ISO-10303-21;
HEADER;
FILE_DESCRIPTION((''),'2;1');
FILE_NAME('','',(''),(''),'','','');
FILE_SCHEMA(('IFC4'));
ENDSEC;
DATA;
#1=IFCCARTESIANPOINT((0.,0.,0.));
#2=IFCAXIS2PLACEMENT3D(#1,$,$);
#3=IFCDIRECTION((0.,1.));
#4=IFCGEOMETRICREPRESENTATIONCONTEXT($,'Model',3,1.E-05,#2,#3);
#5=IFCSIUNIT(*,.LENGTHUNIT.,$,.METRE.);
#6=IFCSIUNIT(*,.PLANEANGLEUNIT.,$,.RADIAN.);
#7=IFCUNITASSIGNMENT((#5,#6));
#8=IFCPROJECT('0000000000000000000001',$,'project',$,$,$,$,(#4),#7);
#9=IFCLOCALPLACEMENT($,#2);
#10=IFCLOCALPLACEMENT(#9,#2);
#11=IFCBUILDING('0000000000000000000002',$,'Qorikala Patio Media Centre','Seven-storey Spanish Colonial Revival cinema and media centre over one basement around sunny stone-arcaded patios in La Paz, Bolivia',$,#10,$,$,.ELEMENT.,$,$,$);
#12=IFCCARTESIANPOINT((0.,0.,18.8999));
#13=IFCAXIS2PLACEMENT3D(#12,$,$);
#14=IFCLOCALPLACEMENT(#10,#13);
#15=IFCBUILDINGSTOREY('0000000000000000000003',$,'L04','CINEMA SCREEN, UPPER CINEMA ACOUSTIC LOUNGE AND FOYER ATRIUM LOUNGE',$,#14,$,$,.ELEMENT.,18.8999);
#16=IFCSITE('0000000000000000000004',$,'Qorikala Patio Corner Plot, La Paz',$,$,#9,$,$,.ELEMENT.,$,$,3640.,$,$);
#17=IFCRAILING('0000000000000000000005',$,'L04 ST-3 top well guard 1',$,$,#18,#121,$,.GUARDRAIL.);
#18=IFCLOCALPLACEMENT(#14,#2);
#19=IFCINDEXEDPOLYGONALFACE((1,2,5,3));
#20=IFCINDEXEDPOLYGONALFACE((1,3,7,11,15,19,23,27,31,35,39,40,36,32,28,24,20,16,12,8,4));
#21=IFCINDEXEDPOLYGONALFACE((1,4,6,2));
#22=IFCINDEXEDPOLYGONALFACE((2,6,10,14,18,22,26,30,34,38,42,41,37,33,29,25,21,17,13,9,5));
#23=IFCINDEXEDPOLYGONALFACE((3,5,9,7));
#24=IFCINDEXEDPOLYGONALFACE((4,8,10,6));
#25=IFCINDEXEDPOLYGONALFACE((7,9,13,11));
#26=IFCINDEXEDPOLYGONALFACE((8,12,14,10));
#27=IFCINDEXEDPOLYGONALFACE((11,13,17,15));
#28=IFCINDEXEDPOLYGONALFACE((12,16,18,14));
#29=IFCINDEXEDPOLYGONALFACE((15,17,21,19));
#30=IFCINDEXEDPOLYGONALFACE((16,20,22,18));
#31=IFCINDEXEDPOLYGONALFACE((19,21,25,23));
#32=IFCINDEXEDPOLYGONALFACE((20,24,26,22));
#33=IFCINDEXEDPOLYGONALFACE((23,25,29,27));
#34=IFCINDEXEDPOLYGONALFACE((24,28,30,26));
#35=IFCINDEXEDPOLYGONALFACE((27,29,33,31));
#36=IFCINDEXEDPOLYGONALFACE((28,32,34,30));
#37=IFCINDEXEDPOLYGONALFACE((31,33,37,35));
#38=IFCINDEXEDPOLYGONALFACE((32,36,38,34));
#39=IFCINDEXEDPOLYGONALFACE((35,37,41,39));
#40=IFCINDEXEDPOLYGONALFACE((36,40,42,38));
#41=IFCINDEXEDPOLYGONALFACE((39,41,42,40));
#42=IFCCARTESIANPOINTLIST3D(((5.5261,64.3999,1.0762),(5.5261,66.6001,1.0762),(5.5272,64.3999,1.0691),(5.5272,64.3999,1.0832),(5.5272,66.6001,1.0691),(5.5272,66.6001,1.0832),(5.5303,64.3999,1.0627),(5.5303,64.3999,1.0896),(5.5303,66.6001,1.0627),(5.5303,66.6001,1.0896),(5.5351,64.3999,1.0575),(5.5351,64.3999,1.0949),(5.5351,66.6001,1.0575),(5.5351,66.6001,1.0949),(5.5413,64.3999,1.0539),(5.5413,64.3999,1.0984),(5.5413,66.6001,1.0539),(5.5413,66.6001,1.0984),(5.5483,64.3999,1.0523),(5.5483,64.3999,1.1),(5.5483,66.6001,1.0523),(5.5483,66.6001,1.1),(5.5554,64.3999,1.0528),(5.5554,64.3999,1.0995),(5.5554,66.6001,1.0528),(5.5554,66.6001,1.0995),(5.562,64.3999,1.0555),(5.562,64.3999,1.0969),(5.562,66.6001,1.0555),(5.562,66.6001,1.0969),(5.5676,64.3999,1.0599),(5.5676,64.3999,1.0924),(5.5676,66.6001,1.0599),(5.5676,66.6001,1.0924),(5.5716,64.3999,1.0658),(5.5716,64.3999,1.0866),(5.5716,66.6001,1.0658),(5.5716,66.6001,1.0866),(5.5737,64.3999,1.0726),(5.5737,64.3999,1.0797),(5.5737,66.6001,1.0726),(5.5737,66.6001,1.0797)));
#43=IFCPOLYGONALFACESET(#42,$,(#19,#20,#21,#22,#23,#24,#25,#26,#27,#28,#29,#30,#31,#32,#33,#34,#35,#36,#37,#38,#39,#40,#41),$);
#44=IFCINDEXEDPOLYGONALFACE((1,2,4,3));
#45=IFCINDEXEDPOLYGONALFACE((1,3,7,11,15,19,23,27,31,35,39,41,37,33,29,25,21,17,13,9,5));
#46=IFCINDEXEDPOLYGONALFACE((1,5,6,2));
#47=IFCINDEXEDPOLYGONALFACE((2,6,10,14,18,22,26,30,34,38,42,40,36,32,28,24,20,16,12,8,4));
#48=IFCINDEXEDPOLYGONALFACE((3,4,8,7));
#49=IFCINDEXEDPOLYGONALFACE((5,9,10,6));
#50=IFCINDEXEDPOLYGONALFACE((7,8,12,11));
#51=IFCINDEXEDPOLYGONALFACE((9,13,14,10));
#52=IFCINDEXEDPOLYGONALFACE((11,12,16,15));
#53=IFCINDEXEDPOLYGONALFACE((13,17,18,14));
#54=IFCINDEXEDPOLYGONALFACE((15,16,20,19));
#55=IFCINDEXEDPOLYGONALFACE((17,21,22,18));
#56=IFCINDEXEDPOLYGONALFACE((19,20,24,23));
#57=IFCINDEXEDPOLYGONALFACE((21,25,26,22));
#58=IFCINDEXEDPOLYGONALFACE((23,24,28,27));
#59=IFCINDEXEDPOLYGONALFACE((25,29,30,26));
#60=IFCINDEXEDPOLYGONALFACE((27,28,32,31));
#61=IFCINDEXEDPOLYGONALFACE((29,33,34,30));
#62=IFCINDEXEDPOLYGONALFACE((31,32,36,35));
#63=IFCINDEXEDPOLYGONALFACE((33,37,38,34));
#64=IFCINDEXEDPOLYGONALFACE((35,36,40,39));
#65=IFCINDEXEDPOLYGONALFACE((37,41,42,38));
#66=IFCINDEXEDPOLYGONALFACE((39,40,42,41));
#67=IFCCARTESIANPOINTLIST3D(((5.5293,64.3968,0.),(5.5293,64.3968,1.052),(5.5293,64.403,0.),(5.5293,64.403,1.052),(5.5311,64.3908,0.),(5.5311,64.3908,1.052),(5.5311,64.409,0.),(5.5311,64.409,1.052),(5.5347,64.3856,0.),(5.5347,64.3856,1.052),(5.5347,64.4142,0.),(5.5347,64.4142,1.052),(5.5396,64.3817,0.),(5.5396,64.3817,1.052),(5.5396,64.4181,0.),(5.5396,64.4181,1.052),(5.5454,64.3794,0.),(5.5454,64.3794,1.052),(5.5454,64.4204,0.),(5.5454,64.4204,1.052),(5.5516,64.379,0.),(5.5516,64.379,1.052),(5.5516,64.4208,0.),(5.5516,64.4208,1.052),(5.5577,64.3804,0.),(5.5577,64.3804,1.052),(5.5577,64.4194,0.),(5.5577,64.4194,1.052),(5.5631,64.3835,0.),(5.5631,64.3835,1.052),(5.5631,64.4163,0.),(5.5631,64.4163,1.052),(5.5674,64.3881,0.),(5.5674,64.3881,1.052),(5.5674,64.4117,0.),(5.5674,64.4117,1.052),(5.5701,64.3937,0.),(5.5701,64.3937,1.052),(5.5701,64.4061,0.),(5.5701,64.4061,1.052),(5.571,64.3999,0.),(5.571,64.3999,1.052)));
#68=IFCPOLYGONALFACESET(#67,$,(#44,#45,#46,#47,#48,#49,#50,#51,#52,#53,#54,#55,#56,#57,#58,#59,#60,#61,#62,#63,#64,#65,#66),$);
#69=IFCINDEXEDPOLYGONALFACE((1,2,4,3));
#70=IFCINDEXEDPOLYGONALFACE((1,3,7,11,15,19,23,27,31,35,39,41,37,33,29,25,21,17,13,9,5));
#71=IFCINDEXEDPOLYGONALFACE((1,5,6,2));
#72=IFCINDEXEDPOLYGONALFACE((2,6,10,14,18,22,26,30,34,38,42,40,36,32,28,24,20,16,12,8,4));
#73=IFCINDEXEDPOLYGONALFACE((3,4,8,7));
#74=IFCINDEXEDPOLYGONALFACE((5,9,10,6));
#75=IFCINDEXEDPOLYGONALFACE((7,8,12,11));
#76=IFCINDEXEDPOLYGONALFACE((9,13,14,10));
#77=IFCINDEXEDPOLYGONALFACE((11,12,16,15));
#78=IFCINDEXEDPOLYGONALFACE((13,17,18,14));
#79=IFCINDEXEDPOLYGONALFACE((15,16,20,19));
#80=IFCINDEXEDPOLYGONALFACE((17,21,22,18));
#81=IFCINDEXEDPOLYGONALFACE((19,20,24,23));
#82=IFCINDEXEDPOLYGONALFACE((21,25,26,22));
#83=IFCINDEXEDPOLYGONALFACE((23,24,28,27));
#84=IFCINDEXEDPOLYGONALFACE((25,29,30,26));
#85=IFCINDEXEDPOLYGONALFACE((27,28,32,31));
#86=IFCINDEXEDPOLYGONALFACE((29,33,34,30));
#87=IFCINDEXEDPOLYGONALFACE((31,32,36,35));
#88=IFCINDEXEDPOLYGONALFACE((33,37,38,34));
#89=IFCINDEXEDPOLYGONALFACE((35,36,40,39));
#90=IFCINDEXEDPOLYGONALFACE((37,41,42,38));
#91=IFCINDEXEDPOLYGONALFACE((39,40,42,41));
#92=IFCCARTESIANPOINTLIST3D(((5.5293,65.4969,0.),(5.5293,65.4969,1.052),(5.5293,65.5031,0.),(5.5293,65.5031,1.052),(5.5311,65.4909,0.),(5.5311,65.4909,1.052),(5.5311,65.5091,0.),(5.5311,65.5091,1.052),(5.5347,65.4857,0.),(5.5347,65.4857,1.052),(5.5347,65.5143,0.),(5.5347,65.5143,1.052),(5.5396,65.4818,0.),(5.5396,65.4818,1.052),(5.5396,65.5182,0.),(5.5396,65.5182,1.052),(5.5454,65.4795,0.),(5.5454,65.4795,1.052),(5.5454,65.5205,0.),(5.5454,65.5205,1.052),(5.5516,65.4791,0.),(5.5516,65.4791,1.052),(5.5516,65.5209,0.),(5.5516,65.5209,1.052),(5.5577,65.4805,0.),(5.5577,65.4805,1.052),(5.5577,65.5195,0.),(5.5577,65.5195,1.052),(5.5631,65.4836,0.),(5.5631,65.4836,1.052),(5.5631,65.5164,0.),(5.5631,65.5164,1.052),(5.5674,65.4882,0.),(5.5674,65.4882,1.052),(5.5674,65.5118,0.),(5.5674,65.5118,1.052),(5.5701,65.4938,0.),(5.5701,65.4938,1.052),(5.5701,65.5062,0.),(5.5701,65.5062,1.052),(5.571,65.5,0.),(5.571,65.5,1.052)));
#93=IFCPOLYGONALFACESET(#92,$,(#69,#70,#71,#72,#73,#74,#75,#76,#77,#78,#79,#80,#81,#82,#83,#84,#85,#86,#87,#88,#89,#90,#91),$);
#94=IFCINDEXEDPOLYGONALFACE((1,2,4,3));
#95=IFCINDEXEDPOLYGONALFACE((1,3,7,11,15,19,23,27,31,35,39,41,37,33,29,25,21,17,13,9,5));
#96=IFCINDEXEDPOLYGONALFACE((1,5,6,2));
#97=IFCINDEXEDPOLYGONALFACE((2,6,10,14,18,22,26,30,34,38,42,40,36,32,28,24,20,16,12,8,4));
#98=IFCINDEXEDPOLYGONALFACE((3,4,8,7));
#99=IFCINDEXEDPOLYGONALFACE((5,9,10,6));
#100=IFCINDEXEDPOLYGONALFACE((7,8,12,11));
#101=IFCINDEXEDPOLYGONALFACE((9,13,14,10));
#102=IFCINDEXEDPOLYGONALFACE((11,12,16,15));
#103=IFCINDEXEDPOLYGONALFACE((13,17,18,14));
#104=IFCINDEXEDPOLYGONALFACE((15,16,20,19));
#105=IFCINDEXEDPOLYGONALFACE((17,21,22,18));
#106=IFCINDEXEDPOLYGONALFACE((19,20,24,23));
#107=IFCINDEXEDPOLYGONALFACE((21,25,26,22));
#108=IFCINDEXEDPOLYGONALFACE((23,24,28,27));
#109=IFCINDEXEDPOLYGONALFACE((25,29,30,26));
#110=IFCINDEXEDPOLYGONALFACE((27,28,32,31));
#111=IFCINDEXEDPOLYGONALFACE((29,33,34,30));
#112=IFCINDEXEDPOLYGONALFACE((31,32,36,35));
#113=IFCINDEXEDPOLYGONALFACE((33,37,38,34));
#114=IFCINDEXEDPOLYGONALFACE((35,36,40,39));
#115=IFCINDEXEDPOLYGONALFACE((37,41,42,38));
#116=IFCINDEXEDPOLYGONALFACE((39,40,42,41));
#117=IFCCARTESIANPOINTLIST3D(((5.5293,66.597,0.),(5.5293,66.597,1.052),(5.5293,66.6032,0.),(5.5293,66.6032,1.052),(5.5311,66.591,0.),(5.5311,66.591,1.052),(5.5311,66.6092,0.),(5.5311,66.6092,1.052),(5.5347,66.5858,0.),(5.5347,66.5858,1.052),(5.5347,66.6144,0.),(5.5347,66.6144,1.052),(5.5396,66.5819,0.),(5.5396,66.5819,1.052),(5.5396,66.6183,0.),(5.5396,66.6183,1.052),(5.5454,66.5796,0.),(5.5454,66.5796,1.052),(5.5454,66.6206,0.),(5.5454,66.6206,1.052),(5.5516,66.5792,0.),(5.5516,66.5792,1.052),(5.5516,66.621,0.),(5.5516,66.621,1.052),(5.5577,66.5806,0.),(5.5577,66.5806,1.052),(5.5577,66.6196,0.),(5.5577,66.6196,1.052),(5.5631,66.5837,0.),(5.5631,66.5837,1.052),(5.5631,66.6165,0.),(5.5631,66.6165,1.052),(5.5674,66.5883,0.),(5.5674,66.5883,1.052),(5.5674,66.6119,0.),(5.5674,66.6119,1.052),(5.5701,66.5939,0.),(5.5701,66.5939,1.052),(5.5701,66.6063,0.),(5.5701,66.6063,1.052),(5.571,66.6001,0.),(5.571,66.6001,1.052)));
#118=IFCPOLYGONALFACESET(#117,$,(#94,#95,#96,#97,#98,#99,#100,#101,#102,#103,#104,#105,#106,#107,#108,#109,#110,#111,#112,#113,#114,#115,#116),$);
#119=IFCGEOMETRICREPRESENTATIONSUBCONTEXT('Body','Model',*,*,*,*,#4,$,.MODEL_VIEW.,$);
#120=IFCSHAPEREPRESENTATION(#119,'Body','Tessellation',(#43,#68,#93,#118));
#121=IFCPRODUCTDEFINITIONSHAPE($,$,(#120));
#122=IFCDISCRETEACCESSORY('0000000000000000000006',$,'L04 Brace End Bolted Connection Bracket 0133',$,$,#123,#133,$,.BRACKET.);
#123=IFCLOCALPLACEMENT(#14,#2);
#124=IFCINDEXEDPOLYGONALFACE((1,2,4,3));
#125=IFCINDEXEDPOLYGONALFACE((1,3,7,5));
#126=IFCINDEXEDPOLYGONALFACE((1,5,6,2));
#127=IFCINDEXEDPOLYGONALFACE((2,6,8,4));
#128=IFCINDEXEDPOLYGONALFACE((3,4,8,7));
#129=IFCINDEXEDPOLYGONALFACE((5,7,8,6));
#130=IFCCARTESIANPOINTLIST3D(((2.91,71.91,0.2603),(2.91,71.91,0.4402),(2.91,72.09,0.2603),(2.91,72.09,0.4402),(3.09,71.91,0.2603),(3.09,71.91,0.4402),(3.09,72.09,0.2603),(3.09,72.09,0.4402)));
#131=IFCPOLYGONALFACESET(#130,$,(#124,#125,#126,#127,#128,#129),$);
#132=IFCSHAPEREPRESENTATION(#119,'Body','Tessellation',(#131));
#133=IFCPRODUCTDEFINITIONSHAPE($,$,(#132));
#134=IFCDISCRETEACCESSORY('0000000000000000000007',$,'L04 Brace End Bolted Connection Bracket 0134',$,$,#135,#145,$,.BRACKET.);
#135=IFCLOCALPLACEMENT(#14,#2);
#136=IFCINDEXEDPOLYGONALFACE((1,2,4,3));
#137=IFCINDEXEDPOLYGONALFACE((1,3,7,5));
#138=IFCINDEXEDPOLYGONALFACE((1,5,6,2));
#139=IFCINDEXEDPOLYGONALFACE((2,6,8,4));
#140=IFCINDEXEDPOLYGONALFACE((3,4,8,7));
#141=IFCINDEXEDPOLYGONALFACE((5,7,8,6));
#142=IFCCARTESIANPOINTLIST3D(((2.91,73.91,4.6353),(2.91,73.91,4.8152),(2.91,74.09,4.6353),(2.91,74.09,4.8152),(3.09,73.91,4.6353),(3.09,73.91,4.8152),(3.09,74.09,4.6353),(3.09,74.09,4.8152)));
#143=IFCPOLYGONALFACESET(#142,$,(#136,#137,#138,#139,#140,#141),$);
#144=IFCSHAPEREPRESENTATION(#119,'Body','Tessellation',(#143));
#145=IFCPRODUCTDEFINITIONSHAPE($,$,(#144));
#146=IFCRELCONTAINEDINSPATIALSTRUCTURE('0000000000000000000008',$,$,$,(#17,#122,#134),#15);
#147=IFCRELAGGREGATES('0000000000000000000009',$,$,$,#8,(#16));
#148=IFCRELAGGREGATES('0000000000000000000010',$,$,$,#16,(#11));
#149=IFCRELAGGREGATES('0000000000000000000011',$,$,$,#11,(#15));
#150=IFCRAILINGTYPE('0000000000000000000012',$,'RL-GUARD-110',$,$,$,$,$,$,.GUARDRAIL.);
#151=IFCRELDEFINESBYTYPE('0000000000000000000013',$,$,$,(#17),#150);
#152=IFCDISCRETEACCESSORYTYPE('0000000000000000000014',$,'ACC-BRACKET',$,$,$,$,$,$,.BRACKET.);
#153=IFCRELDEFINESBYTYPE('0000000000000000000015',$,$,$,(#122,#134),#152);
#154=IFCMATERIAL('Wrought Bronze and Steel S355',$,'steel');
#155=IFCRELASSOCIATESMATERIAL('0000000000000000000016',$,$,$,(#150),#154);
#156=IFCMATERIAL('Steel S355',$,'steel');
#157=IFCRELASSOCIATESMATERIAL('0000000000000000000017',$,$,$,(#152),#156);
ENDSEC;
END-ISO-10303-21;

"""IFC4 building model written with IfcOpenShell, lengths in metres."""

from ifc_helpers import new_model, si_unit, direction, frame, origin, origin_2d, place, context, subcontext, project, spatial, rectangle, circle, extrude, material, type_object, element, save


model = new_model("IFC4")

# Units and contexts
model_context = context("Model", 3, precision=1e-05, world=origin(), true_north=direction((0.0, 1.0)))
body_context = subcontext(model_context, "Body", "Model", "MODEL_VIEW")
ifc_project = project(units=[si_unit("LENGTHUNIT", "METRE"), si_unit("PLANEANGLEUNIT", "RADIAN")], contexts=[model_context])

# Site, building, storey
site_placement = place(None, origin())
site = spatial("IfcSite", under=ifc_project, at=site_placement, Name="Qorikala Patio Corner Plot, La Paz", CompositionType="ELEMENT", RefElevation=3640.0)
building_placement = place(site_placement, origin())
building = spatial("IfcBuilding", under=site, at=building_placement, Name="Qorikala Patio Media Centre", Description="Seven-storey Spanish Colonial Revival cinema and media centre over one basement around sunny stone-arcaded patios in La Paz, Bolivia", CompositionType="ELEMENT")
storey_placement = place(building_placement, frame((0.0, 0.0, 18.8999)))
storey = spatial("IfcBuildingStorey", under=building, at=storey_placement, Name="L04", Description="CINEMA SCREEN, UPPER CINEMA ACOUSTIC LOUNGE AND FOYER ATRIUM LOUNGE", CompositionType="ELEMENT", Elevation=18.8999)

# Shared definitions
ifc_material_1 = material(Name="Steel S355", Category="steel")

# Railing
ifc_material_2 = material(Name="Wrought Bronze and Steel S355", Category="steel")
railing_type = type_object("IfcRailingType", Name="RL-GUARD-110", PredefinedType="GUARDRAIL", material=ifc_material_2)
railing_placement = place(storey_placement, frame((5.55, 64.3999, 0.0)))
element("IfcRailing", 1, at=railing_placement, inside=storey, type_object=railing_type, Name="L04 ST-3 top well guard 1", PredefinedType="GUARDRAIL", context=body_context, shape_type="SweptSolid", body=[
    extrude(circle(Radius=0.0239, at=origin_2d()), frame((0.0, 0.0, 1.0762), z_axis=(0.0, 1.0, 0.0), x_axis=(-1.0, 0.0, 0.0)), (0.0, 0.0, 1.0), 2.2002),
    extrude(circle(Radius=0.021, at=origin_2d()), origin(), (0.0, 0.0, 1.0), 1.052),
    extrude(circle(Radius=0.021, at=origin_2d()), frame((0.0, 1.1001, 0.0)), (0.0, 0.0, 1.0), 1.052),
    extrude(circle(Radius=0.021, at=origin_2d()), frame((0.0, 2.2002, 0.0)), (0.0, 0.0, 1.0), 1.052),
])

# Discrete accessories
discrete_accessory_type = type_object("IfcDiscreteAccessoryType", Name="ACC-BRACKET", PredefinedType="BRACKET", material=ifc_material_1)
for number, where, z_axis, x_axis, name in (
    (2, (3.0, 72.0, 0.2603), (0.0, 0.0, 1.0), (1.0, 0.0, 0.0), "L04 Brace End Bolted Connection Bracket 0133"),
    (3, (3.0, 74.0, 4.6353), (0.0, 0.0, 1.0), (1.0, 0.0, 0.0), "L04 Brace End Bolted Connection Bracket 0134"),
):
    element("IfcDiscreteAccessory", number, at=place(storey_placement, frame(where, z_axis=z_axis, x_axis=x_axis)), inside=storey, type_object=discrete_accessory_type, Name=name, PredefinedType="BRACKET", context=body_context, shape_type="SweptSolid", body=[
        extrude(rectangle(XDim=0.1799, YDim=0.1799, at=origin_2d()), origin(), (0.0, 0.0, 1.0), 0.1799),
    ])

save(model, "model.ifc")
